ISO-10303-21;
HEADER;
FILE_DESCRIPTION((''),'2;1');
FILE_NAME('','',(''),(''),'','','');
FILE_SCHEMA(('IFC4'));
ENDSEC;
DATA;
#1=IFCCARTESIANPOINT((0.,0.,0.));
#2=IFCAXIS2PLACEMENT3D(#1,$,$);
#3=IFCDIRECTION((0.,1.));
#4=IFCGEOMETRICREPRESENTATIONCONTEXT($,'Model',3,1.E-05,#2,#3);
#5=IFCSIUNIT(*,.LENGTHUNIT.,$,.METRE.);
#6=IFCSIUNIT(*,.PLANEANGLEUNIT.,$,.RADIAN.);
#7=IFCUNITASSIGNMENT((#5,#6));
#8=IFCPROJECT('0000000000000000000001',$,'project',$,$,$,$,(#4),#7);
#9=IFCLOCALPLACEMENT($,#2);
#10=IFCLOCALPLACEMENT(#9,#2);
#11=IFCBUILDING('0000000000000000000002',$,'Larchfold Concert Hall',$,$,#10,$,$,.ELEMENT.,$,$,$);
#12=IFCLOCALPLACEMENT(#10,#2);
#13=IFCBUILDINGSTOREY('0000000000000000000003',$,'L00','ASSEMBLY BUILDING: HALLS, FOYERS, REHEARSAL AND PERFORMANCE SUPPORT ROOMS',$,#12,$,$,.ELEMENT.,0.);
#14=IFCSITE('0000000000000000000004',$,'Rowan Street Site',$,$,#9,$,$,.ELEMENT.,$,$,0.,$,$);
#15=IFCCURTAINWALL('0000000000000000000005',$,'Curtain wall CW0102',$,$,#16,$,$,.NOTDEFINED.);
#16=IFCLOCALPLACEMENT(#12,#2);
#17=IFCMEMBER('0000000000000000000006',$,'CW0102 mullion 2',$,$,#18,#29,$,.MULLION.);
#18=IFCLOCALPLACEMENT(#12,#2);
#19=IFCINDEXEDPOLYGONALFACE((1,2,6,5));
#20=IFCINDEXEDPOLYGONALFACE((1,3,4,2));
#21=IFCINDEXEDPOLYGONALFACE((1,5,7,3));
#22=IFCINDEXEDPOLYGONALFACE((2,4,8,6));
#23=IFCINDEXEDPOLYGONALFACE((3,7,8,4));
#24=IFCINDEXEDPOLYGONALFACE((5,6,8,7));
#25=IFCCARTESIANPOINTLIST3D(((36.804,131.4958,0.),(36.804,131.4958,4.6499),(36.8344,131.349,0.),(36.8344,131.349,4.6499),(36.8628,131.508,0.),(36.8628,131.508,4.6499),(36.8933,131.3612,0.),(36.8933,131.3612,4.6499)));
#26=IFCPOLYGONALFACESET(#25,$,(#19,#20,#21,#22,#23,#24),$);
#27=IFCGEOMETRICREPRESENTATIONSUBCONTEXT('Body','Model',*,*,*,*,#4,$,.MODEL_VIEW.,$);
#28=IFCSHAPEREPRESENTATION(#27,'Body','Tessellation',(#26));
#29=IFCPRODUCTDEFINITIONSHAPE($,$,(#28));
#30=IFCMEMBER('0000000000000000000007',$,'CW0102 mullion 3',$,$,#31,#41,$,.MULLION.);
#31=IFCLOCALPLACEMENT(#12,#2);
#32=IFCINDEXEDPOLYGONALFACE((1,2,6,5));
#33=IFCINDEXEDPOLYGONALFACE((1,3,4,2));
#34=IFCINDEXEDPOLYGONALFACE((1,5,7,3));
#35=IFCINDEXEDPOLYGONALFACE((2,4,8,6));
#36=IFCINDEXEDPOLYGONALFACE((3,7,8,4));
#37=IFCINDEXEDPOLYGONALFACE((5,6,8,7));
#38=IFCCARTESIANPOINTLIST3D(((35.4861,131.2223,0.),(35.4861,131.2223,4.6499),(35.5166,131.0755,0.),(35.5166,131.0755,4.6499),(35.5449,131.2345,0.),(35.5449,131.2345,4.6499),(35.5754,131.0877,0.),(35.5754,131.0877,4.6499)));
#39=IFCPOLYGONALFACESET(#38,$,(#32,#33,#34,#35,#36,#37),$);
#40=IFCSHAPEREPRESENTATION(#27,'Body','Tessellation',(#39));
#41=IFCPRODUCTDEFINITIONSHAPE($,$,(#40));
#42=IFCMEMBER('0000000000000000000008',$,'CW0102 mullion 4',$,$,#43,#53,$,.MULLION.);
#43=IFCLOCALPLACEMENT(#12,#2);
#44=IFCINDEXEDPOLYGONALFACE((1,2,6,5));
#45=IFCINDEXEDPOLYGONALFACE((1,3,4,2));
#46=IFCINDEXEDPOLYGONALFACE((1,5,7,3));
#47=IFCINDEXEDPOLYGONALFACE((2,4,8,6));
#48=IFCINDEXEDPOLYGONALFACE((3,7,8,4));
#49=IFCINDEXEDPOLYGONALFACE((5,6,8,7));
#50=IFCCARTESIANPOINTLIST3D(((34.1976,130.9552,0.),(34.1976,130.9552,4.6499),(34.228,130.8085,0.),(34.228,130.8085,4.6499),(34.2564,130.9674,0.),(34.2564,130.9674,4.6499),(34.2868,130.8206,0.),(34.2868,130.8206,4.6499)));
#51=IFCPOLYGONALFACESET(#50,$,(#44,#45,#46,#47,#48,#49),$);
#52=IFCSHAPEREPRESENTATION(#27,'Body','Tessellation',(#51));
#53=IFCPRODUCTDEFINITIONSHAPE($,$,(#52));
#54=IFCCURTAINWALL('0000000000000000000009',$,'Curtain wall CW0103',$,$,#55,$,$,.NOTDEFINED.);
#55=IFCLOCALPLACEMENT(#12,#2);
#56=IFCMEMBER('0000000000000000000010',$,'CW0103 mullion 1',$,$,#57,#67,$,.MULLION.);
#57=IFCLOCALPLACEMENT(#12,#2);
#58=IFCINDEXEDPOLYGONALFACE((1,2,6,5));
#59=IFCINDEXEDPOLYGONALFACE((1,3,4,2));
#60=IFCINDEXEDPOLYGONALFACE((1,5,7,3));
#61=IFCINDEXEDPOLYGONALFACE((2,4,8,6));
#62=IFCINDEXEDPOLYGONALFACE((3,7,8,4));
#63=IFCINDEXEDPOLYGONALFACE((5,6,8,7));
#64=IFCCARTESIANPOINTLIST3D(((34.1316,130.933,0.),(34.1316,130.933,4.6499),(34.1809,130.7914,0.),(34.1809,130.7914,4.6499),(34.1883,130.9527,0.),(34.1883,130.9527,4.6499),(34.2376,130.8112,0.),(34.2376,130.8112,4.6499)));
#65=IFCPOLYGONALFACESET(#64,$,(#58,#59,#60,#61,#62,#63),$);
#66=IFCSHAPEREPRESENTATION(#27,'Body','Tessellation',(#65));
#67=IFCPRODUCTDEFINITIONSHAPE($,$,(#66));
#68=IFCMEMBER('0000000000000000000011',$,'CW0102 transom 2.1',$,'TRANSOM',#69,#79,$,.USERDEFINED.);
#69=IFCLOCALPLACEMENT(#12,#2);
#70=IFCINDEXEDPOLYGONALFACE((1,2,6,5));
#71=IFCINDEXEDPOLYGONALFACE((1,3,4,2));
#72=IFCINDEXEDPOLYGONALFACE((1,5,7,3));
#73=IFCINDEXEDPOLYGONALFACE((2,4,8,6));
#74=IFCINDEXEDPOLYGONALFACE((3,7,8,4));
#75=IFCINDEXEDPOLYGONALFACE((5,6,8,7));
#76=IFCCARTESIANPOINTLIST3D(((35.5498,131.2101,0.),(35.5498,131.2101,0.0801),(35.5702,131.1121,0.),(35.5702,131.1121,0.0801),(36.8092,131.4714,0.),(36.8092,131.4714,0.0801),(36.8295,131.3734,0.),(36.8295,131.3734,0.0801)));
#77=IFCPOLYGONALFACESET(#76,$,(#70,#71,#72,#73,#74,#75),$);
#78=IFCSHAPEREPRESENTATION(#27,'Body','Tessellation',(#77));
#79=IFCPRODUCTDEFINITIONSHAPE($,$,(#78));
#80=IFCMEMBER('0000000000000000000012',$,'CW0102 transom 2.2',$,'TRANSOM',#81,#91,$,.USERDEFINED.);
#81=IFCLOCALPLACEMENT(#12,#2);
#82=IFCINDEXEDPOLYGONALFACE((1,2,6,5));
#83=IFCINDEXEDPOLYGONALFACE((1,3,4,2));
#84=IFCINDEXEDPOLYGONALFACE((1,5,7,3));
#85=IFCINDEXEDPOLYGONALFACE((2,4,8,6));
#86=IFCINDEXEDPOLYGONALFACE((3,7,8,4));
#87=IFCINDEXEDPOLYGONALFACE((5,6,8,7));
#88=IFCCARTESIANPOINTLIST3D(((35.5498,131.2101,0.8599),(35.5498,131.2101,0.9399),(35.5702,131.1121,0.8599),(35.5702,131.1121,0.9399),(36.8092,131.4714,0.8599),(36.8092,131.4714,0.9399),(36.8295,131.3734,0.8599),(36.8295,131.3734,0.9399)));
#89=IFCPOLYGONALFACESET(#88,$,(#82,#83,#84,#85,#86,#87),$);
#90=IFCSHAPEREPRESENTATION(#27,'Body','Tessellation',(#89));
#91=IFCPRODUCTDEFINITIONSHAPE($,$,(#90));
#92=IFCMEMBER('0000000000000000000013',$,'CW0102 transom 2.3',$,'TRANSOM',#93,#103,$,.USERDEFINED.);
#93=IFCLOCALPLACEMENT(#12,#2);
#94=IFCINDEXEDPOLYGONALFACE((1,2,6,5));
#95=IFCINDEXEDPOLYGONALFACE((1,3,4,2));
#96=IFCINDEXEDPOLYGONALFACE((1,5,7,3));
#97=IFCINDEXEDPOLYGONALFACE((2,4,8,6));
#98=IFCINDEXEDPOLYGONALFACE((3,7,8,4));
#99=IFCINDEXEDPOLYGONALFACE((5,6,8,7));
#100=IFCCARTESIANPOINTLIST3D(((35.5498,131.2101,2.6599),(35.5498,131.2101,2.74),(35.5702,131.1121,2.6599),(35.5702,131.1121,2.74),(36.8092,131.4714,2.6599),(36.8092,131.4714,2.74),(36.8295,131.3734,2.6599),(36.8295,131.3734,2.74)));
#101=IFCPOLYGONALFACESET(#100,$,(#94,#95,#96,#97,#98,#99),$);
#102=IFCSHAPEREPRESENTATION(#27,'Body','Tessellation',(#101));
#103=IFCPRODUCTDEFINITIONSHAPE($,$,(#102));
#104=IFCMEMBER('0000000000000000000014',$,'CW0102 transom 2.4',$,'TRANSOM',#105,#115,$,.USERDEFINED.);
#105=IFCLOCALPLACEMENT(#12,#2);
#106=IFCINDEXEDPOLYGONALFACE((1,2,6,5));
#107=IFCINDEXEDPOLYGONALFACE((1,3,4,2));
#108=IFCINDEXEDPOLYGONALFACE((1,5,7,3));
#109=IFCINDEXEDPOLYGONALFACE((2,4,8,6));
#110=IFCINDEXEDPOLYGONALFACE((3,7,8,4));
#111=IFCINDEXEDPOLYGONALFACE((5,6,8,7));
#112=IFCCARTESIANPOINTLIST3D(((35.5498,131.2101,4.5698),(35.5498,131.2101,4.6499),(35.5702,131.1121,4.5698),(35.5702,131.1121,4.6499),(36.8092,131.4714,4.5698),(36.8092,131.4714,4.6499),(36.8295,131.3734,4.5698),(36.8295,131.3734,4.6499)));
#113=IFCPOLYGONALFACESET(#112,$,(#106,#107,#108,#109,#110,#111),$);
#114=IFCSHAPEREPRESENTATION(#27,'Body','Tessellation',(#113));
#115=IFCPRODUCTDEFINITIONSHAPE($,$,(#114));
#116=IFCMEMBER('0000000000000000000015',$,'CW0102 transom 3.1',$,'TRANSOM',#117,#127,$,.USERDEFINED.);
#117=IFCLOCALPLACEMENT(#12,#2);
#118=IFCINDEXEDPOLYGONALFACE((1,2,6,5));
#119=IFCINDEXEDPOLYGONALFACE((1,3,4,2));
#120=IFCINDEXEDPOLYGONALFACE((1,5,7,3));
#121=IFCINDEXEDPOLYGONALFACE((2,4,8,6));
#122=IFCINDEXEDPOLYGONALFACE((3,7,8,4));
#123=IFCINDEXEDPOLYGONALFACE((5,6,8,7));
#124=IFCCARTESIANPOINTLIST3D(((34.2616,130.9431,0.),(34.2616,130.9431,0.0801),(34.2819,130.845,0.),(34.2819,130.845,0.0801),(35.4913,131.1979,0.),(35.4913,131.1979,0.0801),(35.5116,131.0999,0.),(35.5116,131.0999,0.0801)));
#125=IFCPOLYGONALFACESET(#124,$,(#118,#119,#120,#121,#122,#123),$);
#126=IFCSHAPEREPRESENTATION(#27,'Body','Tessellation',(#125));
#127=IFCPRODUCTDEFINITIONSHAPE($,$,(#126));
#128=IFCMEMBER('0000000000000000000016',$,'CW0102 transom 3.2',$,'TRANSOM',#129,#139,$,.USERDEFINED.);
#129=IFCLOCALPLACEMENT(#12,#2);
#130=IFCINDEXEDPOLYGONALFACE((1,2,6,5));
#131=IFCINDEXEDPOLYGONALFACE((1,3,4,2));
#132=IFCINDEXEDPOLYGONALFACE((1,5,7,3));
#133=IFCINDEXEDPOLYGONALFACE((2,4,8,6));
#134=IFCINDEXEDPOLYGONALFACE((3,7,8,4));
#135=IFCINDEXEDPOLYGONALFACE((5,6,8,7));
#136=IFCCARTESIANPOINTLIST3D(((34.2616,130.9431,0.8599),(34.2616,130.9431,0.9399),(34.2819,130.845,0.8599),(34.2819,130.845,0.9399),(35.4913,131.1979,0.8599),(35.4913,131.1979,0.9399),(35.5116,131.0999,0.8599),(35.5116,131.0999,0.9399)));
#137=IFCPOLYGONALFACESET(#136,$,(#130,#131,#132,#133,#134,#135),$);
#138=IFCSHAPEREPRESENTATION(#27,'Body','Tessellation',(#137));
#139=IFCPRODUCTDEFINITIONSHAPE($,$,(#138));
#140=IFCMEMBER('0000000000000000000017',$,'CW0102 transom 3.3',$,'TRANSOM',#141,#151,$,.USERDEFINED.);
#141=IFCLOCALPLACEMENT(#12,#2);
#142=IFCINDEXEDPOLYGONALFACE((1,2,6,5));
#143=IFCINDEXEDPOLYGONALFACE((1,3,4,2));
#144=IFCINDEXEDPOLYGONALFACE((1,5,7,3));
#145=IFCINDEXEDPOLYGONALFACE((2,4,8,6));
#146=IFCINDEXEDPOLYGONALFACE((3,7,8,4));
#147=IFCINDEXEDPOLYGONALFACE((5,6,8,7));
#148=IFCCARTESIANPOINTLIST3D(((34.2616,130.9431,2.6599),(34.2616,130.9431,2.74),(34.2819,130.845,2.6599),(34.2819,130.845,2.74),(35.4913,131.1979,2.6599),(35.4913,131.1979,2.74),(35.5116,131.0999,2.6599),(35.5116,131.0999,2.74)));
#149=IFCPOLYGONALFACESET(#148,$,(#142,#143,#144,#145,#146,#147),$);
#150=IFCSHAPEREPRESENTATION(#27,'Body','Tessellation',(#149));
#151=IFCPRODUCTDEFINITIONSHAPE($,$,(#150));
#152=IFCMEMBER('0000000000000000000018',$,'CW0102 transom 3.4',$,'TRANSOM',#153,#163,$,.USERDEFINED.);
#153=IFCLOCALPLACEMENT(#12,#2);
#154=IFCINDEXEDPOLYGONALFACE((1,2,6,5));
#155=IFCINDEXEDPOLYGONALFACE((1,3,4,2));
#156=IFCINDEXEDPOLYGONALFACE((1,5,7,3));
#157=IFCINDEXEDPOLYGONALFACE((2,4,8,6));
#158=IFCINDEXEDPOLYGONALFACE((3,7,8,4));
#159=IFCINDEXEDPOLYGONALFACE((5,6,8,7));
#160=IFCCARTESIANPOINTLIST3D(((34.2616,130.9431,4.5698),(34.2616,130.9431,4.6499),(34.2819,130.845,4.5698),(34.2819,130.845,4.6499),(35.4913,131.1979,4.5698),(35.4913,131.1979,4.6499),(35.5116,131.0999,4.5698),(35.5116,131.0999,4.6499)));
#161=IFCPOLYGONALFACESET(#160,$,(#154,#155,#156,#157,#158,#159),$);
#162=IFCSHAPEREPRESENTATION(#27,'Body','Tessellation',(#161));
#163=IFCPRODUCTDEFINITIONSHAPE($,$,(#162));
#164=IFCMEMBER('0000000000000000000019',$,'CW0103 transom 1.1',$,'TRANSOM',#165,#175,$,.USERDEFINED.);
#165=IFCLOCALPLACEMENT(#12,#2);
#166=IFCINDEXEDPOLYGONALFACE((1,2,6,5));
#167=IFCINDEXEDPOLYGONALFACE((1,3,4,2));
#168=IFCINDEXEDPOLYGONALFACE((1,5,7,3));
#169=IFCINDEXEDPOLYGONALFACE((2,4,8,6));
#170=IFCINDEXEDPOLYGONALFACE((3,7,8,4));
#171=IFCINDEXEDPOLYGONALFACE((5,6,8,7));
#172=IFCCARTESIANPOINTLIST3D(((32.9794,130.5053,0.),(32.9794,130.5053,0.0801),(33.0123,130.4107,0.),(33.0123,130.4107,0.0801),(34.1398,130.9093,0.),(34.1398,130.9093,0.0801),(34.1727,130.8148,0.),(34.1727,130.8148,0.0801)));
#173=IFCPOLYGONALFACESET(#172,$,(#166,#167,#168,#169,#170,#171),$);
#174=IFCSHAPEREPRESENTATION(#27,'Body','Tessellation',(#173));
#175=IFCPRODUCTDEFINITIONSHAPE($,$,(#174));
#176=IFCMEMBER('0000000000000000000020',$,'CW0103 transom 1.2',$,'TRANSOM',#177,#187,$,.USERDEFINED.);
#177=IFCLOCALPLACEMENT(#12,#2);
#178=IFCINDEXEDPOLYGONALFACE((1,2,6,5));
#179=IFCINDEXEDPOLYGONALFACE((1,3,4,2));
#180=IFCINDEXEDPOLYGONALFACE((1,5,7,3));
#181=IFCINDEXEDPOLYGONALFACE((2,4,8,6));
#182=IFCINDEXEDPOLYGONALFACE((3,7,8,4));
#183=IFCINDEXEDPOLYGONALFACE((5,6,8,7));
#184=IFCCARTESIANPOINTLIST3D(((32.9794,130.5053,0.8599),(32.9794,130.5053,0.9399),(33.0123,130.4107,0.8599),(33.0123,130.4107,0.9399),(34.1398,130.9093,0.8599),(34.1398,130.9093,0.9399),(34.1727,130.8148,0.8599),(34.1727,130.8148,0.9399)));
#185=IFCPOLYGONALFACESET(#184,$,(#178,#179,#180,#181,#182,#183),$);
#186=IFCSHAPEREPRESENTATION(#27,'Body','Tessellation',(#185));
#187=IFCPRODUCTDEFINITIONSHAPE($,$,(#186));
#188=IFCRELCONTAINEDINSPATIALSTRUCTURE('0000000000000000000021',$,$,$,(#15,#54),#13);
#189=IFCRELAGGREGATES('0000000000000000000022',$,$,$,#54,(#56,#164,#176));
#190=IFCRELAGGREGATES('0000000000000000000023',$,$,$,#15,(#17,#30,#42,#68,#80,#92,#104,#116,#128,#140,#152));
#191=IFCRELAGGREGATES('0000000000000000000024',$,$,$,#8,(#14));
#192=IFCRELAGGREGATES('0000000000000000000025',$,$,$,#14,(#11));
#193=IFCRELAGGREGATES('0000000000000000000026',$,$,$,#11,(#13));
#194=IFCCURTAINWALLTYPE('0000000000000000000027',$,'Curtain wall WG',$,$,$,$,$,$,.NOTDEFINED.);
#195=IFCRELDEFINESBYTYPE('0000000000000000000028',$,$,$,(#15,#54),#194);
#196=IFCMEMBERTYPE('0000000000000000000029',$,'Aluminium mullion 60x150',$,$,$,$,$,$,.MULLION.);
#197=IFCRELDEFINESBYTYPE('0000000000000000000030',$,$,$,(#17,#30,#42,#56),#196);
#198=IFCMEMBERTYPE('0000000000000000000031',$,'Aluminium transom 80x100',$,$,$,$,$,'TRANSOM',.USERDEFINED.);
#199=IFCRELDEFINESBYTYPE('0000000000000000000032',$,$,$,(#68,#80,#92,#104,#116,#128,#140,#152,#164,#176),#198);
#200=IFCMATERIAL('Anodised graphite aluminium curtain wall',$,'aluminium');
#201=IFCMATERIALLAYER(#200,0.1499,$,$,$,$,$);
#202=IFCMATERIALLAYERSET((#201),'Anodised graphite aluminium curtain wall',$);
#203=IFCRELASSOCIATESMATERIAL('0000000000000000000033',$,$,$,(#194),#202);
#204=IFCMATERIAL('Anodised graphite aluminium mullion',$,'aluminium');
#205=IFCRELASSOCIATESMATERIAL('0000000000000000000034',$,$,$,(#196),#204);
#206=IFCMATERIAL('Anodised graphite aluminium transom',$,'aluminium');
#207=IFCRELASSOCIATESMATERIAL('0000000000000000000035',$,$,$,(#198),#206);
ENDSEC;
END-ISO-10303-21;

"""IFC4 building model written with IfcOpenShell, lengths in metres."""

from ifc_helpers import new_model, si_unit, direction, frame, origin, origin_2d, place, context, subcontext, project, spatial, rectangle, extrude, material, layer, layer_set, material_profile, profile_set, type_object, element, aggregate, save


model = new_model("IFC4")

# Units and contexts
model_context = context("Model", 3, precision=1e-05, world=origin(), true_north=direction((0.0, 1.0)))
body_context = subcontext(model_context, "Body", "Model", "MODEL_VIEW")
ifc_project = project(units=[si_unit("LENGTHUNIT", "METRE"), si_unit("PLANEANGLEUNIT", "RADIAN")], contexts=[model_context])

# Site, building, storey
site_placement = place(None, origin())
site = spatial("IfcSite", under=ifc_project, at=site_placement, Name="Rowan Street Site", CompositionType="ELEMENT", RefElevation=0.0)
building_placement = place(site_placement, origin())
building = spatial("IfcBuilding", under=site, at=building_placement, Name="Larchfold Concert Hall", CompositionType="ELEMENT")
storey_placement = place(building_placement, origin())
storey = spatial("IfcBuildingStorey", under=building, at=storey_placement, Name="L00", Description="ASSEMBLY BUILDING: HALLS, FOYERS, REHEARSAL AND PERFORMANCE SUPPORT ROOMS", CompositionType="ELEMENT", Elevation=0.0)

# Shared definitions
ifc_material_1 = material(Name="Anodised graphite aluminium curtain wall", Category="aluminium")
ifc_layer_1 = layer(ifc_material_1, 0.1499)
ifc_layer_set_1 = layer_set([ifc_layer_1], Name="Anodised graphite aluminium curtain wall")
curtain_wall_type = type_object("IfcCurtainWallType", Name="Curtain wall WG", PredefinedType="NOTDEFINED", material=ifc_layer_set_1)
ifc_material_2 = material(Name="Anodised graphite aluminium mullion", Category="aluminium")
ifc_material_profile_1 = material_profile(ifc_material_2, rectangle(XDim=0.1499, YDim=0.0601, at=origin_2d()))
ifc_profile_set_1 = profile_set([ifc_material_profile_1], Name="Anodised graphite aluminium mullion")
member_type_1 = type_object("IfcMemberType", Name="Aluminium mullion 60x150", PredefinedType="MULLION", material=ifc_profile_set_1)

# Curtain wall, members
curtain_wall_1_placement = place(storey_placement, origin())
curtain_wall_1 = element("IfcCurtainWall", 1, at=curtain_wall_1_placement, inside=storey, type_object=curtain_wall_type, Name="Curtain wall CW0102", PredefinedType="NOTDEFINED")
member_1_placement = place(storey_placement, frame((36.8486, 131.4285, 0.0), z_axis=(0.0, 0.0, 1.0), x_axis=(0.203041, -0.97917, 0.0)))
member_1 = element("IfcMember", 2, at=member_1_placement, type_object=member_type_1, Name="CW0102 mullion 2", PredefinedType="MULLION", context=body_context, shape_type="SweptSolid", body=[
    extrude(rectangle(XDim=0.1499, YDim=0.0601, at=origin_2d()), origin(), (0.0, 0.0, 1.0), 4.6499),
])
member_2_placement = place(storey_placement, frame((35.5308, 131.155, 0.0), z_axis=(0.0, 0.0, 1.0), x_axis=(0.203041, -0.97917, 0.0)))
member_2 = element("IfcMember", 3, at=member_2_placement, type_object=member_type_1, Name="CW0102 mullion 3", PredefinedType="MULLION", context=body_context, shape_type="SweptSolid", body=[
    extrude(rectangle(XDim=0.1499, YDim=0.0601, at=origin_2d()), origin(), (0.0, 0.0, 1.0), 4.6499),
])
member_3_placement = place(storey_placement, frame((34.2422, 130.8879, 0.0), z_axis=(0.0, 0.0, 1.0), x_axis=(0.203041, -0.97917, 0.0)))
member_3 = element("IfcMember", 4, at=member_3_placement, type_object=member_type_1, Name="CW0102 mullion 4", PredefinedType="MULLION", context=body_context, shape_type="SweptSolid", body=[
    extrude(rectangle(XDim=0.1499, YDim=0.0601, at=origin_2d()), origin(), (0.0, 0.0, 1.0), 4.6499),
])

# Curtain wall, member
curtain_wall_2_placement = place(storey_placement, origin())
curtain_wall_2 = element("IfcCurtainWall", 5, at=curtain_wall_2_placement, inside=storey, type_object=curtain_wall_type, Name="Curtain wall CW0103", PredefinedType="NOTDEFINED")
member_4_placement = place(storey_placement, frame((34.1846, 130.8721, 0.0), z_axis=(0.0, 0.0, 1.0), x_axis=(0.328899, -0.944365, 0.0)))
member_4 = element("IfcMember", 6, at=member_4_placement, type_object=member_type_1, Name="CW0103 mullion 1", PredefinedType="MULLION", context=body_context, shape_type="SweptSolid", body=[
    extrude(rectangle(XDim=0.1499, YDim=0.0601, at=origin_2d()), origin(), (0.0, 0.0, 1.0), 4.6499),
])

# Members
ifc_material_3 = material(Name="Anodised graphite aluminium transom", Category="aluminium")
ifc_material_profile_2 = material_profile(ifc_material_3, rectangle(XDim=0.1001, YDim=0.0801, at=origin_2d()))
ifc_profile_set_2 = profile_set([ifc_material_profile_2], Name="Anodised graphite aluminium transom")
member_type_2 = type_object("IfcMemberType", Name="Aluminium transom 80x100", ElementType="TRANSOM", PredefinedType="USERDEFINED", material=ifc_profile_set_2)
member_5_placement = place(storey_placement, frame((36.8193, 131.4224, 0.04), z_axis=(-0.979154, -0.20312, 0.0), x_axis=(0.20312, -0.979154, 0.0)))
member_5 = element("IfcMember", 7, at=member_5_placement, type_object=member_type_2, Name="CW0102 transom 2.1", ObjectType="TRANSOM", PredefinedType="USERDEFINED", context=body_context, shape_type="SweptSolid", body=[
    extrude(rectangle(XDim=0.1001, YDim=0.0801, at=origin_2d()), origin(), (0.0, 0.0, 1.0), 1.2861),
])
member_6_placement = place(storey_placement, frame((36.8193, 131.4224, 0.8999), z_axis=(-0.979154, -0.20312, 0.0), x_axis=(0.20312, -0.979154, 0.0)))
member_6 = element("IfcMember", 8, at=member_6_placement, type_object=member_type_2, Name="CW0102 transom 2.2", ObjectType="TRANSOM", PredefinedType="USERDEFINED", context=body_context, shape_type="SweptSolid", body=[
    extrude(rectangle(XDim=0.1001, YDim=0.0801, at=origin_2d()), origin(), (0.0, 0.0, 1.0), 1.2861),
])
member_7_placement = place(storey_placement, frame((36.8193, 131.4224, 2.7), z_axis=(-0.979154, -0.20312, 0.0), x_axis=(0.20312, -0.979154, 0.0)))
member_7 = element("IfcMember", 9, at=member_7_placement, type_object=member_type_2, Name="CW0102 transom 2.3", ObjectType="TRANSOM", PredefinedType="USERDEFINED", context=body_context, shape_type="SweptSolid", body=[
    extrude(rectangle(XDim=0.1001, YDim=0.0801, at=origin_2d()), origin(), (0.0, 0.0, 1.0), 1.2861),
])
member_8_placement = place(storey_placement, frame((36.8193, 131.4224, 4.6099), z_axis=(-0.979154, -0.20312, 0.0), x_axis=(0.20312, -0.979154, 0.0)))
member_8 = element("IfcMember", 10, at=member_8_placement, type_object=member_type_2, Name="CW0102 transom 2.4", ObjectType="TRANSOM", PredefinedType="USERDEFINED", context=body_context, shape_type="SweptSolid", body=[
    extrude(rectangle(XDim=0.1001, YDim=0.0801, at=origin_2d()), origin(), (0.0, 0.0, 1.0), 1.2861),
])
member_9_placement = place(storey_placement, frame((35.5015, 131.1489, 0.04), z_axis=(-0.979189, -0.202953, 0.0), x_axis=(0.202953, -0.979189, 0.0)))
member_9 = element("IfcMember", 11, at=member_9_placement, type_object=member_type_2, Name="CW0102 transom 3.1", ObjectType="TRANSOM", PredefinedType="USERDEFINED", context=body_context, shape_type="SweptSolid", body=[
    extrude(rectangle(XDim=0.1001, YDim=0.0801, at=origin_2d()), origin(), (0.0, 0.0, 1.0), 1.2559),
])
member_10_placement = place(storey_placement, frame((35.5015, 131.1489, 0.8999), z_axis=(-0.979189, -0.202953, 0.0), x_axis=(0.202953, -0.979189, 0.0)))
member_10 = element("IfcMember", 12, at=member_10_placement, type_object=member_type_2, Name="CW0102 transom 3.2", ObjectType="TRANSOM", PredefinedType="USERDEFINED", context=body_context, shape_type="SweptSolid", body=[
    extrude(rectangle(XDim=0.1001, YDim=0.0801, at=origin_2d()), origin(), (0.0, 0.0, 1.0), 1.2559),
])
member_11_placement = place(storey_placement, frame((35.5015, 131.1489, 2.7), z_axis=(-0.979189, -0.202953, 0.0), x_axis=(0.202953, -0.979189, 0.0)))
member_11 = element("IfcMember", 13, at=member_11_placement, type_object=member_type_2, Name="CW0102 transom 3.3", ObjectType="TRANSOM", PredefinedType="USERDEFINED", context=body_context, shape_type="SweptSolid", body=[
    extrude(rectangle(XDim=0.1001, YDim=0.0801, at=origin_2d()), origin(), (0.0, 0.0, 1.0), 1.2559),
])
member_12_placement = place(storey_placement, frame((35.5015, 131.1489, 4.6099), z_axis=(-0.979189, -0.202953, 0.0), x_axis=(0.202953, -0.979189, 0.0)))
member_12 = element("IfcMember", 14, at=member_12_placement, type_object=member_type_2, Name="CW0102 transom 3.4", ObjectType="TRANSOM", PredefinedType="USERDEFINED", context=body_context, shape_type="SweptSolid", body=[
    extrude(rectangle(XDim=0.1001, YDim=0.0801, at=origin_2d()), origin(), (0.0, 0.0, 1.0), 1.2559),
])
member_13_placement = place(storey_placement, frame((34.1562, 130.8621, 0.04), z_axis=(-0.944387, -0.328837, 0.0), x_axis=(0.328837, -0.944387, 0.0)))
member_13 = element("IfcMember", 15, at=member_13_placement, type_object=member_type_2, Name="CW0103 transom 1.1", ObjectType="TRANSOM", PredefinedType="USERDEFINED", context=body_context, shape_type="SweptSolid", body=[
    extrude(rectangle(XDim=0.1001, YDim=0.0801, at=origin_2d()), origin(), (0.0, 0.0, 1.0), 1.2288),
])
member_14_placement = place(storey_placement, frame((34.1562, 130.8621, 0.8999), z_axis=(-0.944387, -0.328837, 0.0), x_axis=(0.328837, -0.944387, 0.0)))
member_14 = element("IfcMember", 16, at=member_14_placement, type_object=member_type_2, Name="CW0103 transom 1.2", ObjectType="TRANSOM", PredefinedType="USERDEFINED", context=body_context, shape_type="SweptSolid", body=[
    extrude(rectangle(XDim=0.1001, YDim=0.0801, at=origin_2d()), origin(), (0.0, 0.0, 1.0), 1.2288),
])
aggregate(curtain_wall_2, [member_4, member_13, member_14])

aggregate(curtain_wall_1, [member_1, member_2, member_3, member_5, member_6, member_7, member_8, member_9, member_10, member_11, member_12])

save(model, "model.ifc")
